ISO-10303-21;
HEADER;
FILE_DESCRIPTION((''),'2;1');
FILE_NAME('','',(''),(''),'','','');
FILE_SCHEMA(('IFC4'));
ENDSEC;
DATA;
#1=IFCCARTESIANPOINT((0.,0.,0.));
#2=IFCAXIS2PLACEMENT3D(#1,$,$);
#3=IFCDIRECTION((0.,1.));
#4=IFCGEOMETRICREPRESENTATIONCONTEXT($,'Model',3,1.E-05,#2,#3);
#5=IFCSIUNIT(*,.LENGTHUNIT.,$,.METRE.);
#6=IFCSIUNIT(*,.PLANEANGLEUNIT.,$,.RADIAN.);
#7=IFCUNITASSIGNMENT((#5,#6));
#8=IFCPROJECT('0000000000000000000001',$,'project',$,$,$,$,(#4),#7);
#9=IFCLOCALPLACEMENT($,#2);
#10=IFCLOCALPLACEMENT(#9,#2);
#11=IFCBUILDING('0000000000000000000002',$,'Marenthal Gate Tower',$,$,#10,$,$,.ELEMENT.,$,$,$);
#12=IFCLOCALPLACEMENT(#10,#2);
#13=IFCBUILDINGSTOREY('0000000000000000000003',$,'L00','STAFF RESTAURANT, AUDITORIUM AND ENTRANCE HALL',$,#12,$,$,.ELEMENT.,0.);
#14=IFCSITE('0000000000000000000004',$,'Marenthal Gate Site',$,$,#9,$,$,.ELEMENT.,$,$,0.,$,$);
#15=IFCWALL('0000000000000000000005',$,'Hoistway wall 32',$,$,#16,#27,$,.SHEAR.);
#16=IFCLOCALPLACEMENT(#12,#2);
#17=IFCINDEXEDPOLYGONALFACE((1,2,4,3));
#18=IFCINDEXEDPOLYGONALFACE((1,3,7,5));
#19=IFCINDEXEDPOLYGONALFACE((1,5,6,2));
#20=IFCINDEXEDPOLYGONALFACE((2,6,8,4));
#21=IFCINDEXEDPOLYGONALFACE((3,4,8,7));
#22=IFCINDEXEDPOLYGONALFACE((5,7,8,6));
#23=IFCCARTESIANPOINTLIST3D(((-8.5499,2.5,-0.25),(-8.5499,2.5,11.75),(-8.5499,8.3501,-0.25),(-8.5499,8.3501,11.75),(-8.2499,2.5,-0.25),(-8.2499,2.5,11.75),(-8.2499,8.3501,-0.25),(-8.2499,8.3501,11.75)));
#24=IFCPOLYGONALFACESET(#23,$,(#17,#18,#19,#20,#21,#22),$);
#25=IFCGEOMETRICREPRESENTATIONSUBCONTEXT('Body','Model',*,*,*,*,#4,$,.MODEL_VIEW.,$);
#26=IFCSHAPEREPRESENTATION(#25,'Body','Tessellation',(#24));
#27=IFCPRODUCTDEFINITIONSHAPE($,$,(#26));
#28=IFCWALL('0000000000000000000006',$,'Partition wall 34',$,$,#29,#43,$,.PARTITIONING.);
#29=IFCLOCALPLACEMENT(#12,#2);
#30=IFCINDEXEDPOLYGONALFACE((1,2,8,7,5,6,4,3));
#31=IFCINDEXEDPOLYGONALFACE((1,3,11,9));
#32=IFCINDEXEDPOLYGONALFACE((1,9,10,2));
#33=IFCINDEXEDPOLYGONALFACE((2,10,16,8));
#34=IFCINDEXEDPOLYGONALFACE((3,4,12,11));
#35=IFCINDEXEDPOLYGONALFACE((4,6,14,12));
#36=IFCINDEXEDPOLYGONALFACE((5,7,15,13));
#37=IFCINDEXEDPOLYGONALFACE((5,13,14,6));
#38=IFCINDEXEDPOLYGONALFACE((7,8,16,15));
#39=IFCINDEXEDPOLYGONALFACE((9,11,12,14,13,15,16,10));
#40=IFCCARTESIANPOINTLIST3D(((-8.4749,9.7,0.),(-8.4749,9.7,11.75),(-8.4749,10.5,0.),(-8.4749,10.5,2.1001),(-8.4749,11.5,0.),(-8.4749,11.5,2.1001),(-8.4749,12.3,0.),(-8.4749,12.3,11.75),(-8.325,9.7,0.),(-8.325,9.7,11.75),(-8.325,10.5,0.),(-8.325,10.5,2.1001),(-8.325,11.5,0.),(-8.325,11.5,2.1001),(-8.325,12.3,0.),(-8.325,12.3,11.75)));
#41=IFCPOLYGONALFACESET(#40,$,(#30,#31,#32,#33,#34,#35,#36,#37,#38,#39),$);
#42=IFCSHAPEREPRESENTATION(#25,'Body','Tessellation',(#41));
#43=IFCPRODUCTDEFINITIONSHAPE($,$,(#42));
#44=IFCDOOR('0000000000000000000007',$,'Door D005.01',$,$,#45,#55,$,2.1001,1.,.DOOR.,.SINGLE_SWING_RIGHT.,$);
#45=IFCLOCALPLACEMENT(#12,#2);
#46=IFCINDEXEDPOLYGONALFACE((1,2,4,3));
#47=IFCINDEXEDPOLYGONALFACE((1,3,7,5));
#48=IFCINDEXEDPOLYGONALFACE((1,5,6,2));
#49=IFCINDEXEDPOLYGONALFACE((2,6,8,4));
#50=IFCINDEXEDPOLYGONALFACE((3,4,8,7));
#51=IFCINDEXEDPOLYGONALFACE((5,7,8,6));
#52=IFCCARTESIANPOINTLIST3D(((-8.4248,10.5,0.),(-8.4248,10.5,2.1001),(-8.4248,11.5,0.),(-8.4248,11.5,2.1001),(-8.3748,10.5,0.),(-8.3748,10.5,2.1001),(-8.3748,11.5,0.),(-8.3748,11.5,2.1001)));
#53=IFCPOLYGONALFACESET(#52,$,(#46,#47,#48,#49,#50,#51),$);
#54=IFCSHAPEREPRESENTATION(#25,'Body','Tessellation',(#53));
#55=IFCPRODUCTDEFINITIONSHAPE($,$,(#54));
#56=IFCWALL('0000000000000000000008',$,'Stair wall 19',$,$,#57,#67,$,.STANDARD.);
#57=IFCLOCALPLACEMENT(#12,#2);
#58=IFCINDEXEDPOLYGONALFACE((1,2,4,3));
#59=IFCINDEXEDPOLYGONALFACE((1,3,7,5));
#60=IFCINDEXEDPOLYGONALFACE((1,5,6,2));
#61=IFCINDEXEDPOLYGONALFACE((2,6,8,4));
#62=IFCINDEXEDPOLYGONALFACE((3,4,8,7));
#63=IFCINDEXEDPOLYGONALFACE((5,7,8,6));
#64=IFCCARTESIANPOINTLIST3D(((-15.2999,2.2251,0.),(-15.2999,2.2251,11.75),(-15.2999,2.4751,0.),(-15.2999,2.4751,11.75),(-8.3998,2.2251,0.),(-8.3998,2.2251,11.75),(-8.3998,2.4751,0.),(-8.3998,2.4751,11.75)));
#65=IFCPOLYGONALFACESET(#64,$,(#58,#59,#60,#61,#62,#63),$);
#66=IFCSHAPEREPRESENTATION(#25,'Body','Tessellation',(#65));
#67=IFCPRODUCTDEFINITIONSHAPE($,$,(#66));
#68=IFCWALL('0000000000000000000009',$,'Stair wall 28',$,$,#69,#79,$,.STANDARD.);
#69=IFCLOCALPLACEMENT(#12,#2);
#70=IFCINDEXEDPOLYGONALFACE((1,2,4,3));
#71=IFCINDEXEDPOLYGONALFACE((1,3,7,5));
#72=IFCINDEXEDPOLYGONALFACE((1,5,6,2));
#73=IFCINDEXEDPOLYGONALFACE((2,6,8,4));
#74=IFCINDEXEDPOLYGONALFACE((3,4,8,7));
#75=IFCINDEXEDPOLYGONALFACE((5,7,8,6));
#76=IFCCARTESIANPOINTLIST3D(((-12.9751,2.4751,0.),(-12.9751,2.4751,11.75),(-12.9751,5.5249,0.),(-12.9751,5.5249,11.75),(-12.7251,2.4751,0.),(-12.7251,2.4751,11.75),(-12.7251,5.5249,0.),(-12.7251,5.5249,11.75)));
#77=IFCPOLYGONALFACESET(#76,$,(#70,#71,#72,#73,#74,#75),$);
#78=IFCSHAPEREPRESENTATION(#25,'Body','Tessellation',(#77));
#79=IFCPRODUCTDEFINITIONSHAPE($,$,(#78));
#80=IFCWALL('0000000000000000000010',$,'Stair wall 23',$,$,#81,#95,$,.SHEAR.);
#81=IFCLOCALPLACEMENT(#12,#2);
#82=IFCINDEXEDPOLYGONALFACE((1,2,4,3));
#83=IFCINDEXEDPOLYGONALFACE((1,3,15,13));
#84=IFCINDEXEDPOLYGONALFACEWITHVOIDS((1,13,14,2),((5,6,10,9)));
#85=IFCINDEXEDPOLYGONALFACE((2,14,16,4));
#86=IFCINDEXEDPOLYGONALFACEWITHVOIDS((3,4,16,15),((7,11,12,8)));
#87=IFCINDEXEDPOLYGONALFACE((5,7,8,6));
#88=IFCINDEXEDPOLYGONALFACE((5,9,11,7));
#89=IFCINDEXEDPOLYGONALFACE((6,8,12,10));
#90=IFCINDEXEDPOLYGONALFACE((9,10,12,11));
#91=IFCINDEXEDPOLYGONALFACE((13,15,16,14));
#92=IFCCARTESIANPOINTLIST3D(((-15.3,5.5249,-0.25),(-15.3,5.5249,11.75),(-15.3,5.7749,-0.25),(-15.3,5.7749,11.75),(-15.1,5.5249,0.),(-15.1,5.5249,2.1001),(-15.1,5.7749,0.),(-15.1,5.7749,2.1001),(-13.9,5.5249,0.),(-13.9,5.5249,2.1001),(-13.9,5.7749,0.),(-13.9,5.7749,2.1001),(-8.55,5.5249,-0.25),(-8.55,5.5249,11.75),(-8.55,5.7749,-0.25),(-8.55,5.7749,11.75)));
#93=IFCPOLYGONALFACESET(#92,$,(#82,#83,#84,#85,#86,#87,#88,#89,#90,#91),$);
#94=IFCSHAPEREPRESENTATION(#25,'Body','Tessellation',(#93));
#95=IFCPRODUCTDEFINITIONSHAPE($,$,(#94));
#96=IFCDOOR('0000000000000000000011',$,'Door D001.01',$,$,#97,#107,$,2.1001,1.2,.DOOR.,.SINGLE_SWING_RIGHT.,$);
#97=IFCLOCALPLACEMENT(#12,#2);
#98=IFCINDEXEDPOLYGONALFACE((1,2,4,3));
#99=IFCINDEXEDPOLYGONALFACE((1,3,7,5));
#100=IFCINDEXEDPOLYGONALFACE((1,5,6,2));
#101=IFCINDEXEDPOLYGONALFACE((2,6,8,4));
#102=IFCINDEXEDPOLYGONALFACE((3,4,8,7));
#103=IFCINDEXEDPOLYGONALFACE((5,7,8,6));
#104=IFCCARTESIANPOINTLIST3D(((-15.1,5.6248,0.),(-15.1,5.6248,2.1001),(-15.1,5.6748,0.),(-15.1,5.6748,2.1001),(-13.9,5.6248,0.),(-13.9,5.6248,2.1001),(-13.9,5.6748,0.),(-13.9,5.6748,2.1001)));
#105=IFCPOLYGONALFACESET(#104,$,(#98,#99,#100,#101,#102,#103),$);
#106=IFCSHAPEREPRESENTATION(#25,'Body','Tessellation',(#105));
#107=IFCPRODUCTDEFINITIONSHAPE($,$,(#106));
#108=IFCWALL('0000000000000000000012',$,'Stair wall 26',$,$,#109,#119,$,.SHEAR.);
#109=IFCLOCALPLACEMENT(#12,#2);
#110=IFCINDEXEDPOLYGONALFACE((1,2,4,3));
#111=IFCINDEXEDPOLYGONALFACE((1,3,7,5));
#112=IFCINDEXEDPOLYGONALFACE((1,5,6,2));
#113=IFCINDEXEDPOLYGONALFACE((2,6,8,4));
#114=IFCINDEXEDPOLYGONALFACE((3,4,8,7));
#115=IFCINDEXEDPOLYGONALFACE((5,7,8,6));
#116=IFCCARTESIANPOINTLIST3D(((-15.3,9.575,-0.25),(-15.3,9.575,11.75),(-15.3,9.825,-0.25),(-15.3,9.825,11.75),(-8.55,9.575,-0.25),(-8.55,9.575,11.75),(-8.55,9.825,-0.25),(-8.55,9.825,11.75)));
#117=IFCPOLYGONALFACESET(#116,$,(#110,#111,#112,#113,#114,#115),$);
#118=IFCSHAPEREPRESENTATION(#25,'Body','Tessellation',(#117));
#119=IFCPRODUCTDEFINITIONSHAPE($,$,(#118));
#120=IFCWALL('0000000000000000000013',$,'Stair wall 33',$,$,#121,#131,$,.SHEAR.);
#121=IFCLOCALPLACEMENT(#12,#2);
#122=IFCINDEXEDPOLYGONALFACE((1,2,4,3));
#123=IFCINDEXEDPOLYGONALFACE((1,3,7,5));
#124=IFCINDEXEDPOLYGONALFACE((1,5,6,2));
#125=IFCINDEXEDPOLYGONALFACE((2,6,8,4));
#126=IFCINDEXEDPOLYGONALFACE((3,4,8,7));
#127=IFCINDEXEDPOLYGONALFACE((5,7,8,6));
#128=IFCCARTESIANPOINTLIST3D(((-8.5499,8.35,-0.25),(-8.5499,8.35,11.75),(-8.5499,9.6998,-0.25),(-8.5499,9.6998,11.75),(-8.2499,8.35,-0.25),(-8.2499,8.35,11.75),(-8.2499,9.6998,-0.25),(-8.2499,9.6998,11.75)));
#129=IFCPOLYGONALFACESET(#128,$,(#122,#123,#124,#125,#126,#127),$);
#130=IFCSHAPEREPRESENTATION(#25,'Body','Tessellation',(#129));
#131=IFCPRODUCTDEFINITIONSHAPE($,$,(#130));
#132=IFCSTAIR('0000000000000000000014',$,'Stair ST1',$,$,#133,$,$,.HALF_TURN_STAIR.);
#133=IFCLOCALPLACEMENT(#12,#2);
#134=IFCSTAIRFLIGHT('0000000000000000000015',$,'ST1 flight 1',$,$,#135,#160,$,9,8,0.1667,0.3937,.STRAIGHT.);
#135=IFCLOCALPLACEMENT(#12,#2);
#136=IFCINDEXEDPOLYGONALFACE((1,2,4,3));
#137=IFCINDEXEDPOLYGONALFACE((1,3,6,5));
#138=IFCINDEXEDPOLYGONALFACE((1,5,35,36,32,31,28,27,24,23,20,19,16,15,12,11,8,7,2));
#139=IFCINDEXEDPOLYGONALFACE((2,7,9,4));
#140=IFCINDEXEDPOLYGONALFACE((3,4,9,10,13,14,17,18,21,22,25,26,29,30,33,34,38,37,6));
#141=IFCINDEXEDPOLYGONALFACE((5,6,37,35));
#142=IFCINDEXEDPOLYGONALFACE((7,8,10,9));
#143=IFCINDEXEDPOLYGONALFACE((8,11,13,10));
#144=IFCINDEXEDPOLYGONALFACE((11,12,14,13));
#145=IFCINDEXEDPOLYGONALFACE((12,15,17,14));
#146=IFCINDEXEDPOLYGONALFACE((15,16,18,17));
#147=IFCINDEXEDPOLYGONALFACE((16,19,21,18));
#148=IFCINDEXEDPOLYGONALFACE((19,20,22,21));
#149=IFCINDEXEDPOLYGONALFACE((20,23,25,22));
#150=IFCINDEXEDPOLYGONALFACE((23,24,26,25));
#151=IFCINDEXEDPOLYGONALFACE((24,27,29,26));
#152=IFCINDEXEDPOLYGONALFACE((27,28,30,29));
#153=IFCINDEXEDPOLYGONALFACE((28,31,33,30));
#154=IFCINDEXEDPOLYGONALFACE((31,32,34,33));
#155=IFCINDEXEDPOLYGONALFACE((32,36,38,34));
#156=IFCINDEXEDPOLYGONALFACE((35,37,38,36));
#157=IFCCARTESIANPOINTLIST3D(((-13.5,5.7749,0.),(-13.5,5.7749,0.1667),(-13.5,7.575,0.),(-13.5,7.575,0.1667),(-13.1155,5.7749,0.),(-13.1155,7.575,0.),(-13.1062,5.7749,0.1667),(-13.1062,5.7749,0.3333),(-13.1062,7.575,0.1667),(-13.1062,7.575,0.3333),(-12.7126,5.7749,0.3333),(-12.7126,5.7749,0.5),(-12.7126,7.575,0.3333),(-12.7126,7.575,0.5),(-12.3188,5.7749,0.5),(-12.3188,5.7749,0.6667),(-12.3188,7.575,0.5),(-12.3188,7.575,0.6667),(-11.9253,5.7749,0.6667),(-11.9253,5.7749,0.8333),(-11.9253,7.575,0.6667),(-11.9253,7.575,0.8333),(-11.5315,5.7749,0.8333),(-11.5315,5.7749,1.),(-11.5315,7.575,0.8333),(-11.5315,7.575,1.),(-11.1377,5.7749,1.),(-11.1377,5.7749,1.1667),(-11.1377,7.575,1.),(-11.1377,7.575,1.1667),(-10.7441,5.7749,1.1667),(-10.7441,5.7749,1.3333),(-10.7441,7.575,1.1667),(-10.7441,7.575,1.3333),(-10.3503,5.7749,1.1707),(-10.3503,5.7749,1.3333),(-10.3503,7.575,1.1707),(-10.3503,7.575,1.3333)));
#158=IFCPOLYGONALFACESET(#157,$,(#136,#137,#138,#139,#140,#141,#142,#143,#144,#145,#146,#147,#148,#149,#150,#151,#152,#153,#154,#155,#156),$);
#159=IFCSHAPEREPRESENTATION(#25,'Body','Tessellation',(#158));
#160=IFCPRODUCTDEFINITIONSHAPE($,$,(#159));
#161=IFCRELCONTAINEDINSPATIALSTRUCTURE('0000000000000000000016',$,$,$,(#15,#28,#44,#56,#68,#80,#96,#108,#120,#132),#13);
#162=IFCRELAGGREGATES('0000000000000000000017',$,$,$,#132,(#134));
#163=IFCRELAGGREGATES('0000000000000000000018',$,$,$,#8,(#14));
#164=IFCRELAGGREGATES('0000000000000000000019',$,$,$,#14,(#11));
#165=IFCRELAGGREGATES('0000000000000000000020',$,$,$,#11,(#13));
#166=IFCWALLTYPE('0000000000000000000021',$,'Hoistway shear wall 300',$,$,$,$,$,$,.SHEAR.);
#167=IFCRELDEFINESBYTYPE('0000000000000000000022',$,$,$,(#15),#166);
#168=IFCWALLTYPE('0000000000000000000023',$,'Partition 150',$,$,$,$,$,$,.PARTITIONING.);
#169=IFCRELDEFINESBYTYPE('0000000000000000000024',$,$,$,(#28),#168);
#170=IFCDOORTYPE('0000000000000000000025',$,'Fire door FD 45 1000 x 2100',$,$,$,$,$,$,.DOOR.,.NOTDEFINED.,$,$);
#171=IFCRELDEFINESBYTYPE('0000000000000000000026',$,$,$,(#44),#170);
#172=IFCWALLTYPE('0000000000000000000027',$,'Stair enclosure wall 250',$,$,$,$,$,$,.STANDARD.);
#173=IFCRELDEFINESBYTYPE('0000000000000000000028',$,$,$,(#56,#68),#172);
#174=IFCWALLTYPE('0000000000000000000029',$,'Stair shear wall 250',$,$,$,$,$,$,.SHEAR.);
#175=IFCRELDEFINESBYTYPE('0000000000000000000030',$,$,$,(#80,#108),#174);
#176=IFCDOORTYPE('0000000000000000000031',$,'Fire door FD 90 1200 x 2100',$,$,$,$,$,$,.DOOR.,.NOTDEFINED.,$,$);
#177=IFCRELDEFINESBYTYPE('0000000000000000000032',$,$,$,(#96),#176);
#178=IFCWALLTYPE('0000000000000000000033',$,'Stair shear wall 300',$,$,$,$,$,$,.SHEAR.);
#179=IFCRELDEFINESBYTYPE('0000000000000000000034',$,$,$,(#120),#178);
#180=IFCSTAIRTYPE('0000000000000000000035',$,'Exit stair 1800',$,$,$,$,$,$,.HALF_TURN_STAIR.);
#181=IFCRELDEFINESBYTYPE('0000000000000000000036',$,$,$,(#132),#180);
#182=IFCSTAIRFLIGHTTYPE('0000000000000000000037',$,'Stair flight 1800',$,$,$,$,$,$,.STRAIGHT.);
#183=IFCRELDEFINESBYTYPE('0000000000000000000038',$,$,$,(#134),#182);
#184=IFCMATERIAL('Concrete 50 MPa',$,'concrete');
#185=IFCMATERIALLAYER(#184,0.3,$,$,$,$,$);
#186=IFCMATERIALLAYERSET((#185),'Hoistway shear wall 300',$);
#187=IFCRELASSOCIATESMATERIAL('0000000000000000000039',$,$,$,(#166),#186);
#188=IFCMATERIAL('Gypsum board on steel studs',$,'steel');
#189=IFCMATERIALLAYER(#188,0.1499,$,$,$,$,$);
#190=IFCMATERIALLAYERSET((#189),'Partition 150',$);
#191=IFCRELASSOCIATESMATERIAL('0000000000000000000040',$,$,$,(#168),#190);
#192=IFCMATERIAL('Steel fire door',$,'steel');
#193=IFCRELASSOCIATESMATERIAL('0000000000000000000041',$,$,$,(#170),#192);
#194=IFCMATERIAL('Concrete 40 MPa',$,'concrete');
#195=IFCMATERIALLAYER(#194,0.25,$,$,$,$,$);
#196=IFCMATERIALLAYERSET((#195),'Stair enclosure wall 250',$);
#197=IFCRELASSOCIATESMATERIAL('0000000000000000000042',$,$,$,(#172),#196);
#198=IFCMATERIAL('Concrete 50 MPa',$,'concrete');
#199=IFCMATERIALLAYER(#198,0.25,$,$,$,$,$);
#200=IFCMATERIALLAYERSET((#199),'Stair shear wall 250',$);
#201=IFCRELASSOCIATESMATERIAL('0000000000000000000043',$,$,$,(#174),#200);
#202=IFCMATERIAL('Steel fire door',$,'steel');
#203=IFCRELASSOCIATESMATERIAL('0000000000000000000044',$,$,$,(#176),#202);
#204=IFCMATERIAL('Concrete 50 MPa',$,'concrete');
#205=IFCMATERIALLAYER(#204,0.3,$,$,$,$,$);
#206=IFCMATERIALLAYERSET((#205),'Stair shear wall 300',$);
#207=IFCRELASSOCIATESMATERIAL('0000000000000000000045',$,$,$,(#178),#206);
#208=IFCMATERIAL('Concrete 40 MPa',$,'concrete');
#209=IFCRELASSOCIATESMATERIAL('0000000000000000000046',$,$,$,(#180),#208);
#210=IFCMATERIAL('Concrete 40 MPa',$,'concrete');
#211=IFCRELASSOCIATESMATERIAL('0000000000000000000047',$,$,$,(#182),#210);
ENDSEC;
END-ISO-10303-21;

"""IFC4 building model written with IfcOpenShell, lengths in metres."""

from ifc_helpers import new_model, si_unit, direction, frame, frame_2d, origin, place, context, subcontext, project, spatial, polyline, rectangle, outline, extrude, material, layer, layer_set, type_object, element, fill, aggregate, save


model = new_model("IFC4")

# Units and contexts
model_context = context("Model", 3, precision=1e-05, world=origin(), true_north=direction((0.0, 1.0)))
body_context = subcontext(model_context, "Body", "Model", "MODEL_VIEW")
ifc_project = project(units=[si_unit("LENGTHUNIT", "METRE"), si_unit("PLANEANGLEUNIT", "RADIAN")], contexts=[model_context])

# Site, building, storey
site_placement = place(None, origin())
site = spatial("IfcSite", under=ifc_project, at=site_placement, Name="Marenthal Gate Site", CompositionType="ELEMENT", RefElevation=0.0)
building_placement = place(site_placement, origin())
building = spatial("IfcBuilding", under=site, at=building_placement, Name="Marenthal Gate Tower", CompositionType="ELEMENT")
storey_placement = place(building_placement, origin())
storey = spatial("IfcBuildingStorey", under=building, at=storey_placement, Name="L00", Description="STAFF RESTAURANT, AUDITORIUM AND ENTRANCE HALL", CompositionType="ELEMENT", Elevation=0.0)

# Shared definitions
ifc_material_1 = material(Name="Concrete 50 MPa", Category="concrete")
ifc_layer_1 = layer(ifc_material_1, 0.3)
ifc_layer_set_1 = layer_set([ifc_layer_1], Name="Hoistway shear wall 300")
wall_type_1 = type_object("IfcWallType", Name="Hoistway shear wall 300", PredefinedType="SHEAR", material=ifc_layer_set_1)

# Wall
wall_1_placement = place(storey_placement, frame((-8.3999, 2.5, -0.25), z_axis=(0.0, 0.0, 1.0), x_axis=(0.0, 1.0, 0.0)))
element("IfcWall", 1, at=wall_1_placement, inside=storey, type_object=wall_type_1, Name="Hoistway wall 32", PredefinedType="SHEAR", context=body_context, shape_type="SweptSolid", body=[
    extrude(rectangle(XDim=5.8501, YDim=0.3, at=frame_2d((2.925, 0.0))), origin(), (0.0, 0.0, 1.0), 12.0),
])

# Wall, opening, door
ifc_material_2 = material(Name="Gypsum board on steel studs", Category="steel")
ifc_layer_2 = layer(ifc_material_2, 0.1499)
ifc_layer_set_2 = layer_set([ifc_layer_2], Name="Partition 150")
wall_type_2 = type_object("IfcWallType", Name="Partition 150", PredefinedType="PARTITIONING", material=ifc_layer_set_2)
wall_2_placement = place(storey_placement, frame((-8.3999, 9.7, 0.0), z_axis=(0.0, 0.0, 1.0), x_axis=(0.0, 1.0, 0.0)))
wall_2 = element("IfcWall", 2, at=wall_2_placement, inside=storey, type_object=wall_type_2, Name="Partition wall 34", PredefinedType="PARTITIONING", context=body_context, shape_type="SweptSolid", body=[
    extrude(rectangle(XDim=2.6001, YDim=0.1499, at=frame_2d((1.3, 0.0))), origin(), (0.0, 0.0, 1.0), 11.75),
])
opening_1_placement = place(wall_2_placement, frame((0.8, 0.0, 0.0)))
opening_1 = element("IfcOpeningElement", 3, at=opening_1_placement, cuts=wall_2, PredefinedType="OPENING", context=body_context, shape_type="SweptSolid", body=[
    extrude(rectangle(XDim=1.0, YDim=2.1001, at=frame_2d((0.5, 1.05))), frame((0.0, 0.085, 0.0), z_axis=(0.0, -1.0, 0.0), x_axis=(1.0, 0.0, 0.0)), (0.0, 0.0, 1.0), 0.1699),
])
ifc_material_3 = material(Name="Steel fire door", Category="steel")
door_type_1 = type_object("IfcDoorType", Name="Fire door FD 45 1000 x 2100", OperationType="NOTDEFINED", PredefinedType="DOOR", material=ifc_material_3)
door_1_placement = place(opening_1_placement, origin())
door_1 = element("IfcDoor", 4, at=door_1_placement, inside=storey, type_object=door_type_1, Name="Door D005.01", OperationType="SINGLE_SWING_RIGHT", OverallHeight=2.1001, OverallWidth=1.0, PredefinedType="DOOR", context=body_context, shape_type="SweptSolid", body=[
    extrude(rectangle(XDim=1.0, YDim=2.1001, at=frame_2d((0.5, 1.05))), frame((0.0, 0.0249, 0.0), z_axis=(0.0, -1.0, 0.0), x_axis=(1.0, 0.0, 0.0)), (0.0, 0.0, 1.0), 0.05),
])
fill(opening_1, door_1)

# Walls
ifc_material_4 = material(Name="Concrete 40 MPa", Category="concrete")
ifc_layer_3 = layer(ifc_material_4, 0.25)
ifc_layer_set_3 = layer_set([ifc_layer_3], Name="Stair enclosure wall 250")
wall_type_3 = type_object("IfcWallType", Name="Stair enclosure wall 250", PredefinedType="STANDARD", material=ifc_layer_set_3)
wall_3_placement = place(storey_placement, frame((-15.3, 2.3501, 0.0), z_axis=(0.0, 0.0, 1.0), x_axis=(1.0, 0.0, 0.0)))
element("IfcWall", 5, at=wall_3_placement, inside=storey, type_object=wall_type_3, Name="Stair wall 19", PredefinedType="STANDARD", context=body_context, shape_type="SweptSolid", body=[
    extrude(rectangle(XDim=6.9001, YDim=0.25, at=frame_2d((3.4502, 0.0))), origin(), (0.0, 0.0, 1.0), 11.75),
])
wall_4_placement = place(storey_placement, frame((-12.8501, 2.4751, 0.0), z_axis=(0.0, 0.0, 1.0), x_axis=(0.0, 1.0, 0.0)))
element("IfcWall", 6, at=wall_4_placement, inside=storey, type_object=wall_type_3, Name="Stair wall 28", PredefinedType="STANDARD", context=body_context, shape_type="SweptSolid", body=[
    extrude(rectangle(XDim=3.0498, YDim=0.25, at=frame_2d((1.5249, 0.0))), origin(), (0.0, 0.0, 1.0), 11.75),
])

# Wall, opening, door
ifc_material_5 = material(Name="Concrete 50 MPa", Category="concrete")
ifc_layer_4 = layer(ifc_material_5, 0.25)
ifc_layer_set_4 = layer_set([ifc_layer_4], Name="Stair shear wall 250")
wall_type_4 = type_object("IfcWallType", Name="Stair shear wall 250", PredefinedType="SHEAR", material=ifc_layer_set_4)
wall_5_placement = place(storey_placement, frame((-15.3, 5.6499, -0.25), z_axis=(0.0, 0.0, 1.0), x_axis=(1.0, 0.0, 0.0)))
wall_5 = element("IfcWall", 7, at=wall_5_placement, inside=storey, type_object=wall_type_4, Name="Stair wall 23", PredefinedType="SHEAR", context=body_context, shape_type="SweptSolid", body=[
    extrude(rectangle(XDim=6.75, YDim=0.25, at=frame_2d((3.375, 0.0))), origin(), (0.0, 0.0, 1.0), 12.0),
])
opening_2_placement = place(wall_5_placement, frame((0.2, 0.0, 0.25)))
opening_2 = element("IfcOpeningElement", 8, at=opening_2_placement, cuts=wall_5, PredefinedType="OPENING", context=body_context, shape_type="SweptSolid", body=[
    extrude(rectangle(XDim=1.2, YDim=2.1001, at=frame_2d((0.6001, 1.05))), frame((0.0, 0.135, 0.0), z_axis=(0.0, -1.0, 0.0), x_axis=(1.0, 0.0, 0.0)), (0.0, 0.0, 1.0), 0.27),
])
ifc_material_6 = material(Name="Steel fire door", Category="steel")
door_type_2 = type_object("IfcDoorType", Name="Fire door FD 90 1200 x 2100", OperationType="NOTDEFINED", PredefinedType="DOOR", material=ifc_material_6)
door_2_placement = place(opening_2_placement, origin())
door_2 = element("IfcDoor", 9, at=door_2_placement, inside=storey, type_object=door_type_2, Name="Door D001.01", OperationType="SINGLE_SWING_RIGHT", OverallHeight=2.1001, OverallWidth=1.2, PredefinedType="DOOR", context=body_context, shape_type="SweptSolid", body=[
    extrude(rectangle(XDim=1.2, YDim=2.1001, at=frame_2d((0.6001, 1.05))), frame((0.0, 0.0249, 0.0), z_axis=(0.0, -1.0, 0.0), x_axis=(1.0, 0.0, 0.0)), (0.0, 0.0, 1.0), 0.05),
])
fill(opening_2, door_2)

# Walls
wall_6_placement = place(storey_placement, frame((-15.3, 9.7, -0.25), z_axis=(0.0, 0.0, 1.0), x_axis=(1.0, 0.0, 0.0)))
element("IfcWall", 10, at=wall_6_placement, inside=storey, type_object=wall_type_4, Name="Stair wall 26", PredefinedType="SHEAR", context=body_context, shape_type="SweptSolid", body=[
    extrude(rectangle(XDim=6.75, YDim=0.25, at=frame_2d((3.375, 0.0))), origin(), (0.0, 0.0, 1.0), 12.0),
])
ifc_material_7 = material(Name="Concrete 50 MPa", Category="concrete")
ifc_layer_5 = layer(ifc_material_7, 0.3)
ifc_layer_set_5 = layer_set([ifc_layer_5], Name="Stair shear wall 300")
wall_type_5 = type_object("IfcWallType", Name="Stair shear wall 300", PredefinedType="SHEAR", material=ifc_layer_set_5)
wall_7_placement = place(storey_placement, frame((-8.3999, 8.3501, -0.25), z_axis=(0.0, 0.0, 1.0), x_axis=(0.0, 1.0, 0.0)))
element("IfcWall", 11, at=wall_7_placement, inside=storey, type_object=wall_type_5, Name="Stair wall 33", PredefinedType="SHEAR", context=body_context, shape_type="SweptSolid", body=[
    extrude(rectangle(XDim=1.3499, YDim=0.3, at=frame_2d((0.6748, 0.0))), origin(), (0.0, 0.0, 1.0), 12.0),
])

# Stair, stair flight
ifc_material_8 = material(Name="Concrete 40 MPa", Category="concrete")
stair_type = type_object("IfcStairType", Name="Exit stair 1800", PredefinedType="HALF_TURN_STAIR", material=ifc_material_8)
stair_placement = place(storey_placement, origin())
stair = element("IfcStair", 12, at=stair_placement, inside=storey, type_object=stair_type, Name="Stair ST1", PredefinedType="HALF_TURN_STAIR")
ifc_material_9 = material(Name="Concrete 40 MPa", Category="concrete")
stair_flight_type = type_object("IfcStairFlightType", Name="Stair flight 1800", PredefinedType="STRAIGHT", material=ifc_material_9)
stair_flight_placement = place(storey_placement, frame((-13.5, 6.675, 0.0), z_axis=(0.0, 0.0, 1.0), x_axis=(1.0, 0.0, 0.0)))
stair_flight = element("IfcStairFlight", 13, at=stair_flight_placement, type_object=stair_flight_type, Name="ST1 flight 1", NumberOfRisers=9, NumberOfTreads=8, PredefinedType="STRAIGHT", RiserHeight=0.1667, TreadLength=0.3937, context=body_context, shape_type="SweptSolid", body=[
    extrude(outline(polyline([(0.0, 0.0), (0.0, 0.1667), (0.3938, 0.1667), (0.3938, 0.3333), (0.7874, 0.3333), (0.7874, 0.5), (1.1812, 0.5), (1.1812, 0.6667), (1.5747, 0.6667), (1.5747, 0.8333), (1.9685, 0.8333), (1.9685, 1.0), (2.3623, 1.0), (2.3623, 1.1667), (2.7559, 1.1667), (2.7559, 1.3333), (3.1497, 1.3333), (3.1497, 1.5), (3.1497, 1.1707), (0.3845, 0.0), (0.0, 0.0)])), frame((0.0, 0.8999, 0.0), z_axis=(0.0, -1.0, 0.0), x_axis=(1.0, 0.0, 0.0)), (0.0, 0.0, 1.0), 1.8),
])
aggregate(stair, [stair_flight])

save(model, "model.ifc")
